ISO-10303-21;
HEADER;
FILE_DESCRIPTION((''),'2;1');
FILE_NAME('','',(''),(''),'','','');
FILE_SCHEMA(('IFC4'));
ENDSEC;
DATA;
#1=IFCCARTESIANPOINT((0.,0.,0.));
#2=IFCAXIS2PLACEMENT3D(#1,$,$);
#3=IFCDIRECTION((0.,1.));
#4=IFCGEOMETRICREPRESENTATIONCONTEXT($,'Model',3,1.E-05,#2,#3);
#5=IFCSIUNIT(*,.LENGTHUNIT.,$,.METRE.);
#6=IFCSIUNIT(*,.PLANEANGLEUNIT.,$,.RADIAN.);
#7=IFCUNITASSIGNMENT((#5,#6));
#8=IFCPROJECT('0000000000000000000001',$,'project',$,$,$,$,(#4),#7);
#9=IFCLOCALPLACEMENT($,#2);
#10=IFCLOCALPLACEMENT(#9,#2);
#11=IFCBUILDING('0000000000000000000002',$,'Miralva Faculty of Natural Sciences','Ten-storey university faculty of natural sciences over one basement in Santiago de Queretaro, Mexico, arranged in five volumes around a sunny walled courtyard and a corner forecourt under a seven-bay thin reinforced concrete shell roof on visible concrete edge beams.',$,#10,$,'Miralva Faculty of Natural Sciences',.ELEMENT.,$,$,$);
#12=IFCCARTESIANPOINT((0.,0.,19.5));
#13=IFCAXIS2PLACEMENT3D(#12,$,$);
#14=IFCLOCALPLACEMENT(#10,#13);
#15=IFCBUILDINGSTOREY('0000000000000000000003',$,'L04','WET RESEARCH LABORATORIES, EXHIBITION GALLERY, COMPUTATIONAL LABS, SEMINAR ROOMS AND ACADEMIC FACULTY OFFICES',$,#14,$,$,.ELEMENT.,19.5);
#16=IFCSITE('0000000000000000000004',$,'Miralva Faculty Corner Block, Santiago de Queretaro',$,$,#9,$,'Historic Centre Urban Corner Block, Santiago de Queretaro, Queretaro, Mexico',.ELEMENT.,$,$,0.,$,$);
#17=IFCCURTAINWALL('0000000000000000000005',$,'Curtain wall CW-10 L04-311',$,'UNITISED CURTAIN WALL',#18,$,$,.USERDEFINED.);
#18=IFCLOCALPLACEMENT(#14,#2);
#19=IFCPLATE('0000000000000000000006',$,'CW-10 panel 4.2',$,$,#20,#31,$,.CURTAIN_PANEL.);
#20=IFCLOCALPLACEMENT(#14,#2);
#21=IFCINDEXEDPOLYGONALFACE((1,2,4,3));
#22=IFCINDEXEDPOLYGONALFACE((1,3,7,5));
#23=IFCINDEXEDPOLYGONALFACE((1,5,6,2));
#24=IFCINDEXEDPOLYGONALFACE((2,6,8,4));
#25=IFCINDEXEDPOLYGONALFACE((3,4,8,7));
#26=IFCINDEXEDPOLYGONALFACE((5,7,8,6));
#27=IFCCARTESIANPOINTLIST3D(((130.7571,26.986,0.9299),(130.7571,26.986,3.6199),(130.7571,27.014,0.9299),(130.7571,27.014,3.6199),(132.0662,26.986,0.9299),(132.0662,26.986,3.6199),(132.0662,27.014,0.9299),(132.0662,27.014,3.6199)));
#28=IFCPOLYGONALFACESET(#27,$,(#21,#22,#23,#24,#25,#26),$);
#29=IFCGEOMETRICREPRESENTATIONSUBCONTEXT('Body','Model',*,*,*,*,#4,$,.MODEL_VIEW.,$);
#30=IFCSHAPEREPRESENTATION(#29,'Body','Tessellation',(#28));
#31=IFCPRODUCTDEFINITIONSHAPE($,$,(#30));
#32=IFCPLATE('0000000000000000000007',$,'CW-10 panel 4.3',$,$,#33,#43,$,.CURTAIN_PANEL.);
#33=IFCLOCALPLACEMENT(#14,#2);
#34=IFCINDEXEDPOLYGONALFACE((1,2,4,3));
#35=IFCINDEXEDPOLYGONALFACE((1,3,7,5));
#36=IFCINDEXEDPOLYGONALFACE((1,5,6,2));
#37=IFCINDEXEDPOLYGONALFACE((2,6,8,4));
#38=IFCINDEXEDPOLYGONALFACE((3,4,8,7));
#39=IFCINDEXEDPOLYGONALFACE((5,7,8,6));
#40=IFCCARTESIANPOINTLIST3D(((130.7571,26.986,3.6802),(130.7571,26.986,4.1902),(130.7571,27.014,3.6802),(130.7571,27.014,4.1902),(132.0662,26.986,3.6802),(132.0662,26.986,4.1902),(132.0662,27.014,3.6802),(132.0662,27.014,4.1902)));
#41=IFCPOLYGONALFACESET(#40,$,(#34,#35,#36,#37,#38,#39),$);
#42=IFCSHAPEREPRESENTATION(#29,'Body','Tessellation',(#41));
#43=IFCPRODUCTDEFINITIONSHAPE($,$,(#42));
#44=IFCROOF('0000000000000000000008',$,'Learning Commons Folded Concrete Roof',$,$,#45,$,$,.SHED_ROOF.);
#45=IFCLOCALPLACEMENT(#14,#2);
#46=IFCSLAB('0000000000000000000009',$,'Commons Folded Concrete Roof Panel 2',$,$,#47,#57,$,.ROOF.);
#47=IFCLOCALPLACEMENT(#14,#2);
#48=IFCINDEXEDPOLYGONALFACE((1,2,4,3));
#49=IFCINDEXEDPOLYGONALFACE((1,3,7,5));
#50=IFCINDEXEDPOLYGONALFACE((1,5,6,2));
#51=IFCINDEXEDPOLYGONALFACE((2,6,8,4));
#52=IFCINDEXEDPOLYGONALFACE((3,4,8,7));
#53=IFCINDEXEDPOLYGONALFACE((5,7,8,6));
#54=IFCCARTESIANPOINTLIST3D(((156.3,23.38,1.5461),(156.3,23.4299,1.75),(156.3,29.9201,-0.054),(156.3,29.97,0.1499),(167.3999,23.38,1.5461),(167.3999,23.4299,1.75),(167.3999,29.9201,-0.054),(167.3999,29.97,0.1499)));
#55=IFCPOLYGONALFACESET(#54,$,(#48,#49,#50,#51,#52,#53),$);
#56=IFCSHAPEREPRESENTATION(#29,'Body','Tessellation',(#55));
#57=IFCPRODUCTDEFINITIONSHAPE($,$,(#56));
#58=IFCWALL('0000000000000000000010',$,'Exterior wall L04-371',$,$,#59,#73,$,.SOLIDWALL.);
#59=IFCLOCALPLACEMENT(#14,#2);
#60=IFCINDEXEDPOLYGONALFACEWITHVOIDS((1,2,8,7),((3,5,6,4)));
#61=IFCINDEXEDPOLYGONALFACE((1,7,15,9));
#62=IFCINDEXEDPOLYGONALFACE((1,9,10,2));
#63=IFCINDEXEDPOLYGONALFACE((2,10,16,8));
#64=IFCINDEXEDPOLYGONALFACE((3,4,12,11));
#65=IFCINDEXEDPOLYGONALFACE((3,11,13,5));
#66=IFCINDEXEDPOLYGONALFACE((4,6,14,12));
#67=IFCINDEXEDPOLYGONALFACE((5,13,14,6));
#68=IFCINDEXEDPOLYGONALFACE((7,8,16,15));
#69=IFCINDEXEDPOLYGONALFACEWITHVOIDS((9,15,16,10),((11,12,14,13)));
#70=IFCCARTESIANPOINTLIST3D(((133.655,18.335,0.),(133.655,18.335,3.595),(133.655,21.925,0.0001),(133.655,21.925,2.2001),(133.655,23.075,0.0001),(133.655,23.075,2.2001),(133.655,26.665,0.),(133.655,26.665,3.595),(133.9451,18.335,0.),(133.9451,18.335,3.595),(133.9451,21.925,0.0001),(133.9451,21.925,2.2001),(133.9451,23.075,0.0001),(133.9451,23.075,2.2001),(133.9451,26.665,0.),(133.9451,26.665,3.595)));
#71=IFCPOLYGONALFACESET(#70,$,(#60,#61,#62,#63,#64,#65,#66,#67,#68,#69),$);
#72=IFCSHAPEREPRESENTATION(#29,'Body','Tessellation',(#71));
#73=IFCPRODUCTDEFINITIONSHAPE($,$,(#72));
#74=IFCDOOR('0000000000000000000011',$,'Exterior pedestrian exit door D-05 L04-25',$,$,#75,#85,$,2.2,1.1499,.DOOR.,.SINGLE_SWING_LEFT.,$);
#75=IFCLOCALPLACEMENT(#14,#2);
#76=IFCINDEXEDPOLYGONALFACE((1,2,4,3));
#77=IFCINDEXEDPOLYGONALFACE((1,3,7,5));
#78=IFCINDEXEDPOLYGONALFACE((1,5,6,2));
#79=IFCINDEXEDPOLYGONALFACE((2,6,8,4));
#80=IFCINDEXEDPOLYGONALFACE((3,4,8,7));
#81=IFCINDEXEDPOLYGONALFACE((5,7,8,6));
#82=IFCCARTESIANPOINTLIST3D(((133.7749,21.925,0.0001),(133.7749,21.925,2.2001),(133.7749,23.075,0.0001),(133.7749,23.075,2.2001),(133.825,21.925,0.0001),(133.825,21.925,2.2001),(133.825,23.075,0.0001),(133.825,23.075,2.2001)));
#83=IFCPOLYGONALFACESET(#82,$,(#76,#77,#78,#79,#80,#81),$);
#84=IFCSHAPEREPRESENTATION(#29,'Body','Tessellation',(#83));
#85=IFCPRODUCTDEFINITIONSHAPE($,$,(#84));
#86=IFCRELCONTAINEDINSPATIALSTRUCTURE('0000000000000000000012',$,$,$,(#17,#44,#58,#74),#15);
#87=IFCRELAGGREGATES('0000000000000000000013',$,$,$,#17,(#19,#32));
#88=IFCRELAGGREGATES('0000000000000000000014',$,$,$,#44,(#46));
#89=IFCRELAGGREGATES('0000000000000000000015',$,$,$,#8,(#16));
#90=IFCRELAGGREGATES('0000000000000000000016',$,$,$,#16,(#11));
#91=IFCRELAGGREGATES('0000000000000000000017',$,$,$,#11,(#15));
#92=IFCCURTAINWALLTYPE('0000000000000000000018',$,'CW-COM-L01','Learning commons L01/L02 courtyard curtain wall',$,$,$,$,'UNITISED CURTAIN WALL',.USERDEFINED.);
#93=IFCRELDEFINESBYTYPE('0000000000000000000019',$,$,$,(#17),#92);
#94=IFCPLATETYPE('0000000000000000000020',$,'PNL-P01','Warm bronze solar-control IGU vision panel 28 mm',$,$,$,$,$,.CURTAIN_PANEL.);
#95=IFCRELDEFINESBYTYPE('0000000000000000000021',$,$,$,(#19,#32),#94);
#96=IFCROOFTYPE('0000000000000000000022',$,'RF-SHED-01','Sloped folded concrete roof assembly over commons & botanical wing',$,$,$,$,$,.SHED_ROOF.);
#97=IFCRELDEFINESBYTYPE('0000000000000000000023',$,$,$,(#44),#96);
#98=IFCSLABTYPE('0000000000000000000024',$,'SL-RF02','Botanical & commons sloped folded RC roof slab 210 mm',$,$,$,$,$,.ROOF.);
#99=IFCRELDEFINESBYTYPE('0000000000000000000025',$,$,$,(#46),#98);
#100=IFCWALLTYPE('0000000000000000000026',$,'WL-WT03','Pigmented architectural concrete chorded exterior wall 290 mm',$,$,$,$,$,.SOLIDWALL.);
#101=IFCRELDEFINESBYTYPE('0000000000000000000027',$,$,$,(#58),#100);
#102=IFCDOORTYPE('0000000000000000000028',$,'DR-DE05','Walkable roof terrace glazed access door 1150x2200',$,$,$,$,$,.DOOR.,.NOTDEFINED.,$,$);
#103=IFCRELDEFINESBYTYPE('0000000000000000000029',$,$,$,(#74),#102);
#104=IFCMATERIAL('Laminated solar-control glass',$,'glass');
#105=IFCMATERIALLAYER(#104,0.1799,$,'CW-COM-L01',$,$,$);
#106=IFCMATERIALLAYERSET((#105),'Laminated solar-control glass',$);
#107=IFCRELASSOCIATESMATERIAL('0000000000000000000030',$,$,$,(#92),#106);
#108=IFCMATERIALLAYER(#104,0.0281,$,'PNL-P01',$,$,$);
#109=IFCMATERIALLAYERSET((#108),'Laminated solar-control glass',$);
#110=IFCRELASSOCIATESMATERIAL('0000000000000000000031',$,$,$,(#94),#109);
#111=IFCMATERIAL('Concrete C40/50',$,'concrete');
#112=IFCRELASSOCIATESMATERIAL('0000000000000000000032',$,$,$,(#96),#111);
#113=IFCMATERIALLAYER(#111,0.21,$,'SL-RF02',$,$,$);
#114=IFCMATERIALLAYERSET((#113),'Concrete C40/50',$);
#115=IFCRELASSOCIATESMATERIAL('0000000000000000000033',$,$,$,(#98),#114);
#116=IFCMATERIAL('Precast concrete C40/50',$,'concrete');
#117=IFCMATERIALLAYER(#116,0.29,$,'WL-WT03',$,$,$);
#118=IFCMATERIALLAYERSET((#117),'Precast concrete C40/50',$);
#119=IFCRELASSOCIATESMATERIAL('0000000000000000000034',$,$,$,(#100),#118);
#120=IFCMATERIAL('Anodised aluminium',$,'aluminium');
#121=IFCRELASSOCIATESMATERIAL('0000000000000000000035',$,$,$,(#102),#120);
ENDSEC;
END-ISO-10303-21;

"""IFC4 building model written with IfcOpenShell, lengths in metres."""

from ifc_helpers import new_model, si_unit, direction, frame, frame_2d, origin, origin_2d, place, context, subcontext, project, spatial, polyline, rectangle, outline, extrude, material, layer, layer_set, type_object, element, fill, aggregate, save


model = new_model("IFC4")

# Units and contexts
model_context = context("Model", 3, precision=1e-05, world=origin(), true_north=direction((0.0, 1.0)))
body_context = subcontext(model_context, "Body", "Model", "MODEL_VIEW")
ifc_project = project(units=[si_unit("LENGTHUNIT", "METRE"), si_unit("PLANEANGLEUNIT", "RADIAN")], contexts=[model_context])

# Site, building, storey
site_placement = place(None, origin())
site = spatial("IfcSite", under=ifc_project, at=site_placement, Name="Miralva Faculty Corner Block, Santiago de Queretaro", LongName="Historic Centre Urban Corner Block, Santiago de Queretaro, Queretaro, Mexico", CompositionType="ELEMENT", RefElevation=0.0)
building_placement = place(site_placement, origin())
building = spatial("IfcBuilding", under=site, at=building_placement, Name="Miralva Faculty of Natural Sciences", Description="Ten-storey university faculty of natural sciences over one basement in Santiago de Queretaro, Mexico, arranged in five volumes around a sunny walled courtyard and a corner forecourt under a seven-bay thin reinforced concrete shell roof on visible concrete edge beams.", LongName="Miralva Faculty of Natural Sciences", CompositionType="ELEMENT")
storey_placement = place(building_placement, frame((0.0, 0.0, 19.5)))
storey = spatial("IfcBuildingStorey", under=building, at=storey_placement, Name="L04", Description="WET RESEARCH LABORATORIES, EXHIBITION GALLERY, COMPUTATIONAL LABS, SEMINAR ROOMS AND ACADEMIC FACULTY OFFICES", CompositionType="ELEMENT", Elevation=19.5)

# Shared definitions
ifc_material_1 = material(Name="Concrete C40/50", Category="concrete")

# Shared definitions
ifc_material_2 = material(Name="Laminated solar-control glass", Category="glass")
ifc_layer_1 = layer(ifc_material_2, 0.1799, Name="CW-COM-L01")
ifc_layer_set_1 = layer_set([ifc_layer_1], Name="Laminated solar-control glass")
curtain_wall_type = type_object("IfcCurtainWallType", Name="CW-COM-L01", Description="Learning commons L01/L02 courtyard curtain wall", ElementType="UNITISED CURTAIN WALL", PredefinedType="USERDEFINED", material=ifc_layer_set_1)
ifc_material_3 = material(Name="Anodised aluminium", Category="aluminium")

# Curtain wall
curtain_wall_1_placement = place(storey_placement, origin())
curtain_wall_1 = element("IfcCurtainWall", 1, at=curtain_wall_1_placement, inside=storey, type_object=curtain_wall_type, Name="Curtain wall CW-10 L04-311", ObjectType="UNITISED CURTAIN WALL", PredefinedType="USERDEFINED")

# Plates
ifc_layer_2 = layer(ifc_material_2, 0.0281, Name="PNL-P01")
ifc_layer_set_2 = layer_set([ifc_layer_2], Name="Laminated solar-control glass")
plate_type = type_object("IfcPlateType", Name="PNL-P01", Description="Warm bronze solar-control IGU vision panel 28 mm", PredefinedType="CURTAIN_PANEL", material=ifc_layer_set_2)
plate_1_placement = place(storey_placement, frame((131.4116, 27.0, 0.9299), z_axis=(0.0, 0.0, 1.0), x_axis=(1.0, 0.0, 0.0)))
plate_1 = element("IfcPlate", 2, at=plate_1_placement, type_object=plate_type, Name="CW-10 panel 4.2", PredefinedType="CURTAIN_PANEL", context=body_context, shape_type="SweptSolid", body=[
    extrude(rectangle(XDim=1.3091, YDim=0.0281, at=origin_2d()), origin(), (0.0, 0.0, 1.0), 2.6899),
])
plate_2_placement = place(storey_placement, frame((131.4116, 27.0, 3.6802), z_axis=(0.0, 0.0, 1.0), x_axis=(1.0, 0.0, 0.0)))
plate_2 = element("IfcPlate", 3, at=plate_2_placement, type_object=plate_type, Name="CW-10 panel 4.3", PredefinedType="CURTAIN_PANEL", context=body_context, shape_type="SweptSolid", body=[
    extrude(rectangle(XDim=1.3091, YDim=0.0281, at=origin_2d()), origin(), (0.0, 0.0, 1.0), 0.51),
])
aggregate(curtain_wall_1, [plate_1, plate_2])

# Roof, slab
roof_type = type_object("IfcRoofType", Name="RF-SHED-01", Description="Sloped folded concrete roof assembly over commons & botanical wing", PredefinedType="SHED_ROOF", material=ifc_material_1)
roof_placement = place(storey_placement, origin())
roof = element("IfcRoof", 4, at=roof_placement, inside=storey, type_object=roof_type, Name="Learning Commons Folded Concrete Roof", PredefinedType="SHED_ROOF")
ifc_layer_3 = layer(ifc_material_1, 0.21, Name="SL-RF02")
ifc_layer_set_3 = layer_set([ifc_layer_3], Name="Concrete C40/50")
slab_type = type_object("IfcSlabType", Name="SL-RF02", Description="Botanical & commons sloped folded RC roof slab 210 mm", PredefinedType="ROOF", material=ifc_layer_set_3)
slab_placement = place(storey_placement, frame((156.3, 23.4299, 1.75), z_axis=(0.0, 0.237652, 0.97135), x_axis=(1.0, 0.0, 0.0)))
slab = element("IfcSlab", 5, at=slab_placement, type_object=slab_type, Name="Commons Folded Concrete Roof Panel 2", PredefinedType="ROOF", context=body_context, shape_type="SweptSolid", body=[
    extrude(outline(polyline([(0.0, 0.0), (11.0999, 0.0), (11.0999, 6.7329), (0.0, 6.7329), (0.0, 0.0)])), origin(), (0.0, 0.0, -1.0), 0.21),
])
aggregate(roof, [slab])

# Wall, opening, door
ifc_material_4 = material(Name="Precast concrete C40/50", Category="concrete")
ifc_layer_4 = layer(ifc_material_4, 0.29, Name="WL-WT03")
ifc_layer_set_4 = layer_set([ifc_layer_4], Name="Precast concrete C40/50")
wall_type = type_object("IfcWallType", Name="WL-WT03", Description="Pigmented architectural concrete chorded exterior wall 290 mm", PredefinedType="SOLIDWALL", material=ifc_layer_set_4)
wall_placement = place(storey_placement, frame((133.8, 18.335, 0.0), z_axis=(0.0, 0.0, 1.0), x_axis=(0.0, 1.0, 0.0)))
wall = element("IfcWall", 6, at=wall_placement, inside=storey, type_object=wall_type, Name="Exterior wall L04-371", PredefinedType="SOLIDWALL", context=body_context, shape_type="SweptSolid", body=[
    extrude(rectangle(XDim=8.3301, YDim=0.29, at=frame_2d((4.165, 0.0))), origin(), (0.0, 0.0, 1.0), 3.595),
])
opening_placement = place(wall_placement, frame((3.5901, 0.0, 0.0)))
opening = element("IfcOpeningElement", 7, at=opening_placement, cuts=wall, PredefinedType="OPENING", context=body_context, shape_type="SweptSolid", body=[
    extrude(rectangle(XDim=1.1499, YDim=2.2, at=frame_2d((0.575, 1.1001))), frame((0.0, 0.155, 0.0), z_axis=(0.0, -1.0, 0.0), x_axis=(1.0, 0.0, 0.0)), (0.0, 0.0, 1.0), 0.3101),
])
door_type = type_object("IfcDoorType", Name="DR-DE05", Description="Walkable roof terrace glazed access door 1150x2200", OperationType="NOTDEFINED", PredefinedType="DOOR", material=ifc_material_3)
door_placement = place(opening_placement, frame((1.1499, 0.0, 0.0), z_axis=(0.0, 0.0, 1.0), x_axis=(-1.0, 0.0, 0.0)))
door = element("IfcDoor", 8, at=door_placement, inside=storey, type_object=door_type, Name="Exterior pedestrian exit door D-05 L04-25", OperationType="SINGLE_SWING_LEFT", OverallHeight=2.2, OverallWidth=1.1499, PredefinedType="DOOR", context=body_context, shape_type="SweptSolid", body=[
    extrude(rectangle(XDim=1.1499, YDim=2.2, at=frame_2d((0.575, 1.1001))), frame((0.0, 0.0249, 0.0), z_axis=(0.0, -1.0, 0.0), x_axis=(1.0, 0.0, 0.0)), (0.0, 0.0, 1.0), 0.05),
])
fill(opening, door)

save(model, "model.ifc")
